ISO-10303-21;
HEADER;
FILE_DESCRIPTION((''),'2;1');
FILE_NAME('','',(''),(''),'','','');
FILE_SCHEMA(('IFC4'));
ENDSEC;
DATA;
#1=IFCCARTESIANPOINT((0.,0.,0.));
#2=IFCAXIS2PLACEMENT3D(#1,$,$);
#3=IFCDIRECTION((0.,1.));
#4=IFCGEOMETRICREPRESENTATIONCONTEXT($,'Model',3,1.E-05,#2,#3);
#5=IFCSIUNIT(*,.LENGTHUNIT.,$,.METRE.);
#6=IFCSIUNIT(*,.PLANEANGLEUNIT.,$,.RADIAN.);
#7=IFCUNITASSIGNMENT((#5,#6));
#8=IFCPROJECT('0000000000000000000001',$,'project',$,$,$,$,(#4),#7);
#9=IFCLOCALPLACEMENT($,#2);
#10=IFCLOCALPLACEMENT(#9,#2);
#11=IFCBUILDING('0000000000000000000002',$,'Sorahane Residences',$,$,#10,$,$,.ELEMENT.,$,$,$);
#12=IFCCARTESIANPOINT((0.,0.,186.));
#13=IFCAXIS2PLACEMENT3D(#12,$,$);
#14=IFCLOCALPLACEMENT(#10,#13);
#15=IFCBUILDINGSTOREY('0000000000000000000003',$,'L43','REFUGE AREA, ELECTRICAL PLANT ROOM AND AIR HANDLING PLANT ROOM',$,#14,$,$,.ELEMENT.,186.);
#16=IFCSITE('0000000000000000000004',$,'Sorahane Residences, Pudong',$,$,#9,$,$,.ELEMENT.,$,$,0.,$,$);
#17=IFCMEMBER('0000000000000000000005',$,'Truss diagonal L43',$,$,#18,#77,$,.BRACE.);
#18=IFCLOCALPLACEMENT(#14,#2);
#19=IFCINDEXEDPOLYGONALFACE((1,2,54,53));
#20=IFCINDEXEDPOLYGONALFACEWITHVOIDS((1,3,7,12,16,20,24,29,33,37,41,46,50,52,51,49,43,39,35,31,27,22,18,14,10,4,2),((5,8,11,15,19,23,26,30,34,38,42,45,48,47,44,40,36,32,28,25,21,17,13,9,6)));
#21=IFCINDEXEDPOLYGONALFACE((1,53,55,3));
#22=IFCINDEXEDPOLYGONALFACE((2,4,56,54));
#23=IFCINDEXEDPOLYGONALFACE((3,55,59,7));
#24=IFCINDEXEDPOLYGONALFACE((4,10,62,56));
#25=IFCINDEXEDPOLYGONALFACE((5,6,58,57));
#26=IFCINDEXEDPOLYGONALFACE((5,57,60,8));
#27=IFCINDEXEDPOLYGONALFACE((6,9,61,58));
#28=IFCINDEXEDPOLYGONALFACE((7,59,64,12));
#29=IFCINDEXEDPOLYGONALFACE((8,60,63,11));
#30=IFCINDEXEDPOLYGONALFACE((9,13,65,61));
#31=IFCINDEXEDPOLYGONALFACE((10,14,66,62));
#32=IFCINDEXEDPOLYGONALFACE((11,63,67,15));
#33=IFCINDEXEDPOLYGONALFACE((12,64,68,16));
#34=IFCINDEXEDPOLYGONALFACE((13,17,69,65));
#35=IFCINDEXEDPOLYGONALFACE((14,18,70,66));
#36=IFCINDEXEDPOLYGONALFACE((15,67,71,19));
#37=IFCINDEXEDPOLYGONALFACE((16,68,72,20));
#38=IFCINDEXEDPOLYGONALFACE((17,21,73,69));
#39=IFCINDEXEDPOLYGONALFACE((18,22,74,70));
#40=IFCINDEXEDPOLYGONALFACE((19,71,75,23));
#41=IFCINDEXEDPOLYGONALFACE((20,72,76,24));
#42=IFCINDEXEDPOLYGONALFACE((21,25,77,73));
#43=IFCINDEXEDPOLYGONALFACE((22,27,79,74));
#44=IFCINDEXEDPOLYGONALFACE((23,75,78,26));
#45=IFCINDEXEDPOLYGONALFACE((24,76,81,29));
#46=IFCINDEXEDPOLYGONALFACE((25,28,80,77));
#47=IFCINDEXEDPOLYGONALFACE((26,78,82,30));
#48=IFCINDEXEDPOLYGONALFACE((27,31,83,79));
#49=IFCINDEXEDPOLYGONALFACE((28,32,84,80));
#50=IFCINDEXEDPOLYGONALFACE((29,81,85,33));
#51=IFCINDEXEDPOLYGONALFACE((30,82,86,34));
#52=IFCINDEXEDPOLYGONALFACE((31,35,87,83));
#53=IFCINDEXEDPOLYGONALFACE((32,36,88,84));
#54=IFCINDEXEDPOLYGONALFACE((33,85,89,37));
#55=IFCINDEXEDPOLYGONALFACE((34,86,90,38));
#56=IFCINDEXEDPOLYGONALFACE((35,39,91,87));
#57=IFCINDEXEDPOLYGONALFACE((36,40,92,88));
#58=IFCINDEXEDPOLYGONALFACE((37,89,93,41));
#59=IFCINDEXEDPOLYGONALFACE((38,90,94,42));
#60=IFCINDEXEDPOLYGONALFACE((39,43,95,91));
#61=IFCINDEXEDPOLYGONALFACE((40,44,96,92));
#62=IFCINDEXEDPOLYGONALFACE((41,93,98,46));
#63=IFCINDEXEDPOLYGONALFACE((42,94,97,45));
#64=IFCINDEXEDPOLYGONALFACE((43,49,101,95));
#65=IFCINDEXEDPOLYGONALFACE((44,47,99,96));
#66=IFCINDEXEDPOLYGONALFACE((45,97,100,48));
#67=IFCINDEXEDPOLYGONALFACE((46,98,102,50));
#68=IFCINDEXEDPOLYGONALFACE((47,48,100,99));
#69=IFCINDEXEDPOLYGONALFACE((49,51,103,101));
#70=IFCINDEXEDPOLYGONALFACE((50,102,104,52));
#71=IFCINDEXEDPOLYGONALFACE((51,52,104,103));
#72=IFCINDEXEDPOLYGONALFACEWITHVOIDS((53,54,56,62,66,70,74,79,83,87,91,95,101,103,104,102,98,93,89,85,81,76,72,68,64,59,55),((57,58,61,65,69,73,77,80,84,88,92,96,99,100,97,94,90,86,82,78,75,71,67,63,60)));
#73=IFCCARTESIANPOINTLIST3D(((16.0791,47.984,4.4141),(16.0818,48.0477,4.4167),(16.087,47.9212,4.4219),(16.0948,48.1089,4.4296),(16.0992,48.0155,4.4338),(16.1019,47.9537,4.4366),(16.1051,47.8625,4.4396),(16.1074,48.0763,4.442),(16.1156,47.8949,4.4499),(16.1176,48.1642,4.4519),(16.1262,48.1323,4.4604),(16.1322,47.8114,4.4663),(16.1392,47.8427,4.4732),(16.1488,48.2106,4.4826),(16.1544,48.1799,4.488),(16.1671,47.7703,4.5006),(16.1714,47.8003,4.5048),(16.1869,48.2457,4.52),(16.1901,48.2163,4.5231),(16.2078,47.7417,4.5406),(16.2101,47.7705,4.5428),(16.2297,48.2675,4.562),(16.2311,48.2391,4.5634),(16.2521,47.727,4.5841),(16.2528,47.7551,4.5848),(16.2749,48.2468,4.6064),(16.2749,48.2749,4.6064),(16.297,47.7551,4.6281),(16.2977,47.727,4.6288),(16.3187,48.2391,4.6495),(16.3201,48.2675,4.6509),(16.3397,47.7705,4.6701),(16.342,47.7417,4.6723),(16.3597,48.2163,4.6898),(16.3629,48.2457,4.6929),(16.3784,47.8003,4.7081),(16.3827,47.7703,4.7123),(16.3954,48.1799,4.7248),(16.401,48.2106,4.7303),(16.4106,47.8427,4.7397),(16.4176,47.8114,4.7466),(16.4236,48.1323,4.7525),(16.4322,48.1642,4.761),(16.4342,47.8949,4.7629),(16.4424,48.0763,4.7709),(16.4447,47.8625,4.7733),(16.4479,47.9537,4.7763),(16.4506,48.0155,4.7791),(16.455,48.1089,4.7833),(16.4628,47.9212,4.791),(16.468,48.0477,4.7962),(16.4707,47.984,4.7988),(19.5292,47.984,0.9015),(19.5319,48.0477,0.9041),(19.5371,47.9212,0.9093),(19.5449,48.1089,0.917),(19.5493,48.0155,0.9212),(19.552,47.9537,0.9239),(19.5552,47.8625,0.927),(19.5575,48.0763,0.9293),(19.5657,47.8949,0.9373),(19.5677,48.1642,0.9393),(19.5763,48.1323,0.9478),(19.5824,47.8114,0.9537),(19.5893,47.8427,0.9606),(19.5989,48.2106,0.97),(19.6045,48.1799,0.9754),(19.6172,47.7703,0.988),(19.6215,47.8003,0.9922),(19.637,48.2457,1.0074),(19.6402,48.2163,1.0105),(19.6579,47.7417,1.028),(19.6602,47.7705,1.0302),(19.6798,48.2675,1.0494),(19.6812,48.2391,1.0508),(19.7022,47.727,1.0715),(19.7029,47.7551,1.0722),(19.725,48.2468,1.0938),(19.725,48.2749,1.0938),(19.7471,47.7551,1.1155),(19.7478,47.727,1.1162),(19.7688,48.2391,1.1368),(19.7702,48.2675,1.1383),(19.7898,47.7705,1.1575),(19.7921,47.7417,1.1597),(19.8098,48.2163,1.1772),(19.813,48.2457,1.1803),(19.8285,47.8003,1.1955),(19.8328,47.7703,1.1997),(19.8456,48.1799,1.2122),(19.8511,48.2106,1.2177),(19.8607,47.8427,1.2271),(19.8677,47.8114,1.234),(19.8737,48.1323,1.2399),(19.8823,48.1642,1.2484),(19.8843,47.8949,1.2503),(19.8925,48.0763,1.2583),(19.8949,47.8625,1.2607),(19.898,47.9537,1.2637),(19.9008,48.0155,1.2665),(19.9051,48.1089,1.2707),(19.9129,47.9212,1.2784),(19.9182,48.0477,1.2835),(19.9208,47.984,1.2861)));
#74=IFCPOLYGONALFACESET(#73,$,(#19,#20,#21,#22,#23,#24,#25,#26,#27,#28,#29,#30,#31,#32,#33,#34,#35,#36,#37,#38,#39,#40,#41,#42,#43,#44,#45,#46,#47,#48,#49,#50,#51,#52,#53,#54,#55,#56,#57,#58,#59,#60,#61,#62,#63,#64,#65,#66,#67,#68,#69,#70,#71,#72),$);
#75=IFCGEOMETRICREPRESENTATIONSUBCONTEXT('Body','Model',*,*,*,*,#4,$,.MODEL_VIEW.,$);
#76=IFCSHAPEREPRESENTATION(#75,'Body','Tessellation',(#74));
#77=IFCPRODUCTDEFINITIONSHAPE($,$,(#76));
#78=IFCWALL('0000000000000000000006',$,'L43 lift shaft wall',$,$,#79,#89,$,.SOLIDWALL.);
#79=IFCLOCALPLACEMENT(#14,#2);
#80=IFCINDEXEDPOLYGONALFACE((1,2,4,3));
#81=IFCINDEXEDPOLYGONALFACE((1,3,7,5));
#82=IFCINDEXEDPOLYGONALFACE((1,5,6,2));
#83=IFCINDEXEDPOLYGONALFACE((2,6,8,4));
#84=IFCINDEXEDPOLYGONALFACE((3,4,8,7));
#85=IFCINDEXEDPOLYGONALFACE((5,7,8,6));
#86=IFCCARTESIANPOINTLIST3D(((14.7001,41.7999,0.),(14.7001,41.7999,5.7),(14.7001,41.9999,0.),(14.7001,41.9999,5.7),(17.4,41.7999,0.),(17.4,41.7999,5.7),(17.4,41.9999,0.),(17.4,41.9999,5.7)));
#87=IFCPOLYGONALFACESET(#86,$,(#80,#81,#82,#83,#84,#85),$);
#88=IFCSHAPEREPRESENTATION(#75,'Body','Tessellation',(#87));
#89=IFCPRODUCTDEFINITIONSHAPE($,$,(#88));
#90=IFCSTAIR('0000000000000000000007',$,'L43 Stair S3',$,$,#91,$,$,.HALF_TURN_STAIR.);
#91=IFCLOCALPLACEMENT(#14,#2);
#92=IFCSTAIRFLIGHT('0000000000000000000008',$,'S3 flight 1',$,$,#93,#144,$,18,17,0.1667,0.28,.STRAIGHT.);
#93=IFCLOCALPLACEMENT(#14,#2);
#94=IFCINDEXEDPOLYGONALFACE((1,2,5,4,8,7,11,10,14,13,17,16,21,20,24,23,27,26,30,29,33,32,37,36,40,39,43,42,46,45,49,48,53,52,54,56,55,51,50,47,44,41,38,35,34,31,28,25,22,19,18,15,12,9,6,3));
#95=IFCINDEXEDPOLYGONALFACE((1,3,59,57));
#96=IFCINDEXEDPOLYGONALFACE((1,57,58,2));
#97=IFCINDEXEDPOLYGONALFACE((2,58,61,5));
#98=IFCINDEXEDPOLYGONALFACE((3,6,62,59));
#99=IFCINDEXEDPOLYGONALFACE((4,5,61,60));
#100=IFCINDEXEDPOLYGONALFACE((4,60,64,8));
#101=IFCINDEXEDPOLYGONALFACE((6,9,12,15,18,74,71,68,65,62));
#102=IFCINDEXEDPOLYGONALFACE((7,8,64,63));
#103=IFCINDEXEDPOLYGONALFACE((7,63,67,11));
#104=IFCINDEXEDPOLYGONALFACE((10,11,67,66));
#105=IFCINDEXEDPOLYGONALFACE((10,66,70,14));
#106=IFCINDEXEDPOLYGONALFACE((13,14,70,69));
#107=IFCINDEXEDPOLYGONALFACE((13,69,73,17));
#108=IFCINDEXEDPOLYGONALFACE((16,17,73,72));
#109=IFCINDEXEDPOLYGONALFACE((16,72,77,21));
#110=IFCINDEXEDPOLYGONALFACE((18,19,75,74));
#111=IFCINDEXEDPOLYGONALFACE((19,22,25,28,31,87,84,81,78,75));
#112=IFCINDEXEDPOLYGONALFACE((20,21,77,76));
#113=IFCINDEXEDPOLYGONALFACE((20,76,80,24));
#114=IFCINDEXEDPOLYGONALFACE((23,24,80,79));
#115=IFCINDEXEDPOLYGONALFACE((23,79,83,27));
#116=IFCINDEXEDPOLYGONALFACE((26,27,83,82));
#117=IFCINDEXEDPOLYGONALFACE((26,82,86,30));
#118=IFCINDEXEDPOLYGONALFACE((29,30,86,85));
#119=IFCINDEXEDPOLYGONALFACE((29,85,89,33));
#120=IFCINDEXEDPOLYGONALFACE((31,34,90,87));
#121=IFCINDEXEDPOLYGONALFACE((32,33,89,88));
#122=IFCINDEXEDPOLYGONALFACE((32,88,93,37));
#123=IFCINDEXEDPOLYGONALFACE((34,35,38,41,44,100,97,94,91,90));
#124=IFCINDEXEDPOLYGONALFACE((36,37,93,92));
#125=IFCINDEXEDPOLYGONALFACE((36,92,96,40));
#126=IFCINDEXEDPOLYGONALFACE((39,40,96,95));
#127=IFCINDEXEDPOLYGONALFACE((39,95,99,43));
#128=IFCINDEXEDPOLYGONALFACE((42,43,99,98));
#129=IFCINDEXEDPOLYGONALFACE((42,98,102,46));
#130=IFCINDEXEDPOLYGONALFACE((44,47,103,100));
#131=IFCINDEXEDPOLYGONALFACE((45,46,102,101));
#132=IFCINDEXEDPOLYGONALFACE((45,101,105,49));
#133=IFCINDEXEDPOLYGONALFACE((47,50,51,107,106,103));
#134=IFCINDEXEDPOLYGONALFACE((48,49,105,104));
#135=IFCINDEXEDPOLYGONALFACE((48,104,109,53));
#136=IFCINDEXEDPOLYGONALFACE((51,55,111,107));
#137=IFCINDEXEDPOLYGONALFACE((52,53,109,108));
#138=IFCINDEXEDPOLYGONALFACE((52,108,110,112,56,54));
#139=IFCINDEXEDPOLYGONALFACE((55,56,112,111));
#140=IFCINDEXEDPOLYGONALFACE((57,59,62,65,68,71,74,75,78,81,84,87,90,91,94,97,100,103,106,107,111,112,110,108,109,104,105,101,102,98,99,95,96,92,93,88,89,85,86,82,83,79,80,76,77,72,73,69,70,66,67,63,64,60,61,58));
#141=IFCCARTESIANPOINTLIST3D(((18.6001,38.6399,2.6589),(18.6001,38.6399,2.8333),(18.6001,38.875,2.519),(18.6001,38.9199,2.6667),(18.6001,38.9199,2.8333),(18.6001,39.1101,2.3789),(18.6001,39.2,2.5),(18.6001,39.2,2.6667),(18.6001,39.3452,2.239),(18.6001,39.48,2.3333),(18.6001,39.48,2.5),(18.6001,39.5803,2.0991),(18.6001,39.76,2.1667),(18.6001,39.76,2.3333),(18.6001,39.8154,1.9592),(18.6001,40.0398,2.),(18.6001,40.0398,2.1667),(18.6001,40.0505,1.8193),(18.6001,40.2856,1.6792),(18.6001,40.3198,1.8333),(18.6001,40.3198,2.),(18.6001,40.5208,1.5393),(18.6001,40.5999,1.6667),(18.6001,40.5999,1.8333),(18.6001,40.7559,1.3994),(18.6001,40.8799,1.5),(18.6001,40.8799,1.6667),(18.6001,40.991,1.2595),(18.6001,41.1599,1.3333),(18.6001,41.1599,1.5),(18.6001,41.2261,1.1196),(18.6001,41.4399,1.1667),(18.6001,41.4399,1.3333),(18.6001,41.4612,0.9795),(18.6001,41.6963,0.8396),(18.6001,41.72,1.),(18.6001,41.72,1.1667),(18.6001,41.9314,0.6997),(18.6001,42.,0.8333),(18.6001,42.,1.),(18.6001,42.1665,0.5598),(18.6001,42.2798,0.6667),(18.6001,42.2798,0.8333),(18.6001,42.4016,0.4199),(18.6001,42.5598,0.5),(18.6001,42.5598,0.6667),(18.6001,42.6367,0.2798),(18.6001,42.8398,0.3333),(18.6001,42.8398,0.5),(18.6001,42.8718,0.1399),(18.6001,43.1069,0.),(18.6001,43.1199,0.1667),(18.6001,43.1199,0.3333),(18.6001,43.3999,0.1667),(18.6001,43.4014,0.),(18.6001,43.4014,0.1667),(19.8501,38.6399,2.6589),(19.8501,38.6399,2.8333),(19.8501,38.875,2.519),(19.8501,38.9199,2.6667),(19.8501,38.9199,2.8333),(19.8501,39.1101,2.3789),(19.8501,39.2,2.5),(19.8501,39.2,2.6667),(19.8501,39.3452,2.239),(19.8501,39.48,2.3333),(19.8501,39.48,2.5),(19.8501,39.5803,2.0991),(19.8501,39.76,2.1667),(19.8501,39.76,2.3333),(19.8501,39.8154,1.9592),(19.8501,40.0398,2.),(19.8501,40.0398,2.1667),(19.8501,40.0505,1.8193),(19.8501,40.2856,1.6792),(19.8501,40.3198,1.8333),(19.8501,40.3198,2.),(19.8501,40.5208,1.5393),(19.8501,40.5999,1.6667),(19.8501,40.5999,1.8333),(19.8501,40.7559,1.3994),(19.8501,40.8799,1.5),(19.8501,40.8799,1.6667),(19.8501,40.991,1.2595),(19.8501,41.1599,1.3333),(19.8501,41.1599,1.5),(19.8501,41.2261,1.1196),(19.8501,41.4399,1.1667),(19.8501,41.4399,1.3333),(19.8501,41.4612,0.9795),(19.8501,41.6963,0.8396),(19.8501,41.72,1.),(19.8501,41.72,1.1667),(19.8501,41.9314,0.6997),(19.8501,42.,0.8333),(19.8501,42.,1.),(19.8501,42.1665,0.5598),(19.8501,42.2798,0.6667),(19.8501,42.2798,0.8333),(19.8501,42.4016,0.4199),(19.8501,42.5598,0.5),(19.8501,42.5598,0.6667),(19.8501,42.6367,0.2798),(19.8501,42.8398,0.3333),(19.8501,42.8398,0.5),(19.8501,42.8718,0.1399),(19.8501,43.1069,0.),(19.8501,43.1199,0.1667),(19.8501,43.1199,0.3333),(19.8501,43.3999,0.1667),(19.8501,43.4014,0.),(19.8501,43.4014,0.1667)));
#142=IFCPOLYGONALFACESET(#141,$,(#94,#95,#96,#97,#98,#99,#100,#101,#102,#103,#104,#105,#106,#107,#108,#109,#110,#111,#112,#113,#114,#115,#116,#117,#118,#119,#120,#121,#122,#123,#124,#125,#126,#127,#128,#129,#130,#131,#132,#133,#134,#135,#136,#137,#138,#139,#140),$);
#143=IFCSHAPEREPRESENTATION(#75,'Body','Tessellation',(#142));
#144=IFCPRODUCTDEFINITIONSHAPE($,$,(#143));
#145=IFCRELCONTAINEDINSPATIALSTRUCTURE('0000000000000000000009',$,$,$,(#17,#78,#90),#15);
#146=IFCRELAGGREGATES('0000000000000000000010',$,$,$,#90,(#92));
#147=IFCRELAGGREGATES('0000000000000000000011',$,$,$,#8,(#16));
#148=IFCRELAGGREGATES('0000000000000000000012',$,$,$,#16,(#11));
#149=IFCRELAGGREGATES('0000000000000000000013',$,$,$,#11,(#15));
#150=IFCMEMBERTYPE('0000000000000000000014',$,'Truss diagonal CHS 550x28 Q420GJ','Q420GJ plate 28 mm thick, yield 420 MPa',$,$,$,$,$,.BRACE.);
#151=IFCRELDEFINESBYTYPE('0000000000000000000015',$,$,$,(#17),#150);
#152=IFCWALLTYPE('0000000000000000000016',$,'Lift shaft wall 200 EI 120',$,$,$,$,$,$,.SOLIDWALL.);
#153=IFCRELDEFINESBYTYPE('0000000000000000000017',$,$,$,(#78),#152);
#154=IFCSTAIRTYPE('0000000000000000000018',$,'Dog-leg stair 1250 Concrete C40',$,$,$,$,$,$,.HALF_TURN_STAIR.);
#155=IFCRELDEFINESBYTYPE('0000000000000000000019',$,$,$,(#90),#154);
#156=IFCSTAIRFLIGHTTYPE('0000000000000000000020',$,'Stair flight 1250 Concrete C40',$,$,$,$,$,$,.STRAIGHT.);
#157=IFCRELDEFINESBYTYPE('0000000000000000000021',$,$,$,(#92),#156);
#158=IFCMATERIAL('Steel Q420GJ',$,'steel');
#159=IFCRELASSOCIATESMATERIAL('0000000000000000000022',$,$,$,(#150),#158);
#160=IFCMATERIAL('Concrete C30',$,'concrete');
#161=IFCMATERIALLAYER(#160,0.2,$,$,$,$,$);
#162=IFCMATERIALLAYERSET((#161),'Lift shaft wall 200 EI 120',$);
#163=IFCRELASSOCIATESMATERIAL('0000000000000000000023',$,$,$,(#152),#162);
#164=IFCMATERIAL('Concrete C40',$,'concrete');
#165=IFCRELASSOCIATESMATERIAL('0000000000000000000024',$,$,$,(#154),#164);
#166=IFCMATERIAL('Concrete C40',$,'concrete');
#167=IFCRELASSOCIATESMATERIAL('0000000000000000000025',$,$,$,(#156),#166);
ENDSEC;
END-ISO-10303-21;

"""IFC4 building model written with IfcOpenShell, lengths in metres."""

from ifc_helpers import new_model, si_unit, direction, frame, frame_2d, origin, origin_2d, place, context, subcontext, project, spatial, polyline, rectangle, hollow_circle, outline, extrude, material, layer, layer_set, material_profile, profile_set, type_object, element, aggregate, save


model = new_model("IFC4")

# Units and contexts
model_context = context("Model", 3, precision=1e-05, world=origin(), true_north=direction((0.0, 1.0)))
body_context = subcontext(model_context, "Body", "Model", "MODEL_VIEW")
ifc_project = project(units=[si_unit("LENGTHUNIT", "METRE"), si_unit("PLANEANGLEUNIT", "RADIAN")], contexts=[model_context])

# Site, building, storey
site_placement = place(None, origin())
site = spatial("IfcSite", under=ifc_project, at=site_placement, Name="Sorahane Residences, Pudong", CompositionType="ELEMENT", RefElevation=0.0)
building_placement = place(site_placement, origin())
building = spatial("IfcBuilding", under=site, at=building_placement, Name="Sorahane Residences", CompositionType="ELEMENT")
storey_placement = place(building_placement, frame((0.0, 0.0, 186.0)))
storey = spatial("IfcBuildingStorey", under=building, at=storey_placement, Name="L43", Description="REFUGE AREA, ELECTRICAL PLANT ROOM AND AIR HANDLING PLANT ROOM", CompositionType="ELEMENT", Elevation=186.0)

# Member
ifc_material_1 = material(Name="Steel Q420GJ", Category="steel")
ifc_material_profile_1 = material_profile(ifc_material_1, hollow_circle(Radius=0.2749, WallThickness=0.0281, at=origin_2d()), Name="CHS 550x28")
ifc_profile_set_1 = profile_set([ifc_material_profile_1], Name="Steel Q420GJ")
member_type_1 = type_object("IfcMemberType", Name="Truss diagonal CHS 550x28 Q420GJ", Description="Q420GJ plate 28 mm thick, yield 420 MPa", PredefinedType="BRACE", material=ifc_profile_set_1)
member_1_placement = place(storey_placement, frame((16.2749, 48.0, 4.6064), z_axis=(0.700731, 0.0, -0.713425), x_axis=(0.0, 1.0, 0.0)))
element("IfcMember", 1, at=member_1_placement, inside=storey, type_object=member_type_1, Name="Truss diagonal L43", PredefinedType="BRACE", context=body_context, shape_type="SweptSolid", body=[
    extrude(hollow_circle(Radius=0.2749, WallThickness=0.0281, at=origin_2d()), origin(), (0.0, 0.0, 1.0), 4.9236),
])

# Wall
ifc_material_2 = material(Name="Concrete C30", Category="concrete")
ifc_layer_1 = layer(ifc_material_2, 0.2)
ifc_layer_set_1 = layer_set([ifc_layer_1], Name="Lift shaft wall 200 EI 120")
wall_type = type_object("IfcWallType", Name="Lift shaft wall 200 EI 120", PredefinedType="SOLIDWALL", material=ifc_layer_set_1)
wall_placement = place(storey_placement, frame((14.7, 41.8999, 0.0), z_axis=(0.0, 0.0, 1.0), x_axis=(1.0, 0.0, 0.0)))
element("IfcWall", 2, at=wall_placement, inside=storey, type_object=wall_type, Name="L43 lift shaft wall", PredefinedType="SOLIDWALL", context=body_context, shape_type="SweptSolid", body=[
    extrude(rectangle(XDim=2.7, YDim=0.2, at=frame_2d((1.3501, 0.0))), origin(), (0.0, 0.0, 1.0), 5.7),
])

# Stair, stair flight
ifc_material_3 = material(Name="Concrete C40", Category="concrete")
stair_type = type_object("IfcStairType", Name="Dog-leg stair 1250 Concrete C40", PredefinedType="HALF_TURN_STAIR", material=ifc_material_3)
stair_placement = place(storey_placement, origin())
stair = element("IfcStair", 3, at=stair_placement, inside=storey, type_object=stair_type, Name="L43 Stair S3", PredefinedType="HALF_TURN_STAIR")
ifc_material_4 = material(Name="Concrete C40", Category="concrete")
stair_flight_type = type_object("IfcStairFlightType", Name="Stair flight 1250 Concrete C40", PredefinedType="STRAIGHT", material=ifc_material_4)
stair_flight_placement = place(storey_placement, frame((19.2251, 43.3999, 0.0), z_axis=(0.0, 0.0, 1.0), x_axis=(0.0, -1.0, 0.0)))
stair_flight = element("IfcStairFlight", 4, at=stair_flight_placement, type_object=stair_flight_type, Name="S3 flight 1", NumberOfRisers=18, NumberOfTreads=17, PredefinedType="STRAIGHT", RiserHeight=0.1667, TreadLength=0.28, context=body_context, shape_type="SweptSolid", body=[
    extrude(outline(polyline([(-0.0015, 0.0), (-0.0015, 0.1667), (0.0, 0.1667), (0.28, 0.1667), (0.28, 0.3333), (0.5601, 0.3333), (0.5601, 0.5), (0.8401, 0.5), (0.8401, 0.6667), (1.1201, 0.6667), (1.1201, 0.8333), (1.3999, 0.8333), (1.3999, 1.0), (1.6799, 1.0), (1.6799, 1.1667), (1.96, 1.1667), (1.96, 1.3333), (2.24, 1.3333), (2.24, 1.5), (2.52, 1.5), (2.52, 1.6667), (2.8, 1.6667), (2.8, 1.8333), (3.0801, 1.8333), (3.0801, 2.0), (3.3601, 2.0), (3.3601, 2.1667), (3.6399, 2.1667), (3.6399, 2.3333), (3.9199, 2.3333), (3.9199, 2.5), (4.2, 2.5), (4.2, 2.6667), (4.48, 2.6667), (4.48, 2.8333), (4.76, 2.8333), (4.76, 3.0), (4.76, 2.6589), (4.5249, 2.519), (4.2898, 2.3789), (4.0547, 2.239), (3.8196, 2.0991), (3.5845, 1.9592), (3.3494, 1.8193), (3.1143, 1.6792), (2.8792, 1.5393), (2.644, 1.3994), (2.4089, 1.2595), (2.1738, 1.1196), (1.9387, 0.9795), (1.7036, 0.8396), (1.4685, 0.6997), (1.2334, 0.5598), (0.9983, 0.4199), (0.7632, 0.2798), (0.5281, 0.1399), (0.293, 0.0), (-0.0015, 0.0)])), frame((0.0, 0.625, 0.0), z_axis=(0.0, -1.0, 0.0), x_axis=(1.0, 0.0, 0.0)), (0.0, 0.0, 1.0), 1.25),
])
aggregate(stair, [stair_flight])

save(model, "model.ifc")
